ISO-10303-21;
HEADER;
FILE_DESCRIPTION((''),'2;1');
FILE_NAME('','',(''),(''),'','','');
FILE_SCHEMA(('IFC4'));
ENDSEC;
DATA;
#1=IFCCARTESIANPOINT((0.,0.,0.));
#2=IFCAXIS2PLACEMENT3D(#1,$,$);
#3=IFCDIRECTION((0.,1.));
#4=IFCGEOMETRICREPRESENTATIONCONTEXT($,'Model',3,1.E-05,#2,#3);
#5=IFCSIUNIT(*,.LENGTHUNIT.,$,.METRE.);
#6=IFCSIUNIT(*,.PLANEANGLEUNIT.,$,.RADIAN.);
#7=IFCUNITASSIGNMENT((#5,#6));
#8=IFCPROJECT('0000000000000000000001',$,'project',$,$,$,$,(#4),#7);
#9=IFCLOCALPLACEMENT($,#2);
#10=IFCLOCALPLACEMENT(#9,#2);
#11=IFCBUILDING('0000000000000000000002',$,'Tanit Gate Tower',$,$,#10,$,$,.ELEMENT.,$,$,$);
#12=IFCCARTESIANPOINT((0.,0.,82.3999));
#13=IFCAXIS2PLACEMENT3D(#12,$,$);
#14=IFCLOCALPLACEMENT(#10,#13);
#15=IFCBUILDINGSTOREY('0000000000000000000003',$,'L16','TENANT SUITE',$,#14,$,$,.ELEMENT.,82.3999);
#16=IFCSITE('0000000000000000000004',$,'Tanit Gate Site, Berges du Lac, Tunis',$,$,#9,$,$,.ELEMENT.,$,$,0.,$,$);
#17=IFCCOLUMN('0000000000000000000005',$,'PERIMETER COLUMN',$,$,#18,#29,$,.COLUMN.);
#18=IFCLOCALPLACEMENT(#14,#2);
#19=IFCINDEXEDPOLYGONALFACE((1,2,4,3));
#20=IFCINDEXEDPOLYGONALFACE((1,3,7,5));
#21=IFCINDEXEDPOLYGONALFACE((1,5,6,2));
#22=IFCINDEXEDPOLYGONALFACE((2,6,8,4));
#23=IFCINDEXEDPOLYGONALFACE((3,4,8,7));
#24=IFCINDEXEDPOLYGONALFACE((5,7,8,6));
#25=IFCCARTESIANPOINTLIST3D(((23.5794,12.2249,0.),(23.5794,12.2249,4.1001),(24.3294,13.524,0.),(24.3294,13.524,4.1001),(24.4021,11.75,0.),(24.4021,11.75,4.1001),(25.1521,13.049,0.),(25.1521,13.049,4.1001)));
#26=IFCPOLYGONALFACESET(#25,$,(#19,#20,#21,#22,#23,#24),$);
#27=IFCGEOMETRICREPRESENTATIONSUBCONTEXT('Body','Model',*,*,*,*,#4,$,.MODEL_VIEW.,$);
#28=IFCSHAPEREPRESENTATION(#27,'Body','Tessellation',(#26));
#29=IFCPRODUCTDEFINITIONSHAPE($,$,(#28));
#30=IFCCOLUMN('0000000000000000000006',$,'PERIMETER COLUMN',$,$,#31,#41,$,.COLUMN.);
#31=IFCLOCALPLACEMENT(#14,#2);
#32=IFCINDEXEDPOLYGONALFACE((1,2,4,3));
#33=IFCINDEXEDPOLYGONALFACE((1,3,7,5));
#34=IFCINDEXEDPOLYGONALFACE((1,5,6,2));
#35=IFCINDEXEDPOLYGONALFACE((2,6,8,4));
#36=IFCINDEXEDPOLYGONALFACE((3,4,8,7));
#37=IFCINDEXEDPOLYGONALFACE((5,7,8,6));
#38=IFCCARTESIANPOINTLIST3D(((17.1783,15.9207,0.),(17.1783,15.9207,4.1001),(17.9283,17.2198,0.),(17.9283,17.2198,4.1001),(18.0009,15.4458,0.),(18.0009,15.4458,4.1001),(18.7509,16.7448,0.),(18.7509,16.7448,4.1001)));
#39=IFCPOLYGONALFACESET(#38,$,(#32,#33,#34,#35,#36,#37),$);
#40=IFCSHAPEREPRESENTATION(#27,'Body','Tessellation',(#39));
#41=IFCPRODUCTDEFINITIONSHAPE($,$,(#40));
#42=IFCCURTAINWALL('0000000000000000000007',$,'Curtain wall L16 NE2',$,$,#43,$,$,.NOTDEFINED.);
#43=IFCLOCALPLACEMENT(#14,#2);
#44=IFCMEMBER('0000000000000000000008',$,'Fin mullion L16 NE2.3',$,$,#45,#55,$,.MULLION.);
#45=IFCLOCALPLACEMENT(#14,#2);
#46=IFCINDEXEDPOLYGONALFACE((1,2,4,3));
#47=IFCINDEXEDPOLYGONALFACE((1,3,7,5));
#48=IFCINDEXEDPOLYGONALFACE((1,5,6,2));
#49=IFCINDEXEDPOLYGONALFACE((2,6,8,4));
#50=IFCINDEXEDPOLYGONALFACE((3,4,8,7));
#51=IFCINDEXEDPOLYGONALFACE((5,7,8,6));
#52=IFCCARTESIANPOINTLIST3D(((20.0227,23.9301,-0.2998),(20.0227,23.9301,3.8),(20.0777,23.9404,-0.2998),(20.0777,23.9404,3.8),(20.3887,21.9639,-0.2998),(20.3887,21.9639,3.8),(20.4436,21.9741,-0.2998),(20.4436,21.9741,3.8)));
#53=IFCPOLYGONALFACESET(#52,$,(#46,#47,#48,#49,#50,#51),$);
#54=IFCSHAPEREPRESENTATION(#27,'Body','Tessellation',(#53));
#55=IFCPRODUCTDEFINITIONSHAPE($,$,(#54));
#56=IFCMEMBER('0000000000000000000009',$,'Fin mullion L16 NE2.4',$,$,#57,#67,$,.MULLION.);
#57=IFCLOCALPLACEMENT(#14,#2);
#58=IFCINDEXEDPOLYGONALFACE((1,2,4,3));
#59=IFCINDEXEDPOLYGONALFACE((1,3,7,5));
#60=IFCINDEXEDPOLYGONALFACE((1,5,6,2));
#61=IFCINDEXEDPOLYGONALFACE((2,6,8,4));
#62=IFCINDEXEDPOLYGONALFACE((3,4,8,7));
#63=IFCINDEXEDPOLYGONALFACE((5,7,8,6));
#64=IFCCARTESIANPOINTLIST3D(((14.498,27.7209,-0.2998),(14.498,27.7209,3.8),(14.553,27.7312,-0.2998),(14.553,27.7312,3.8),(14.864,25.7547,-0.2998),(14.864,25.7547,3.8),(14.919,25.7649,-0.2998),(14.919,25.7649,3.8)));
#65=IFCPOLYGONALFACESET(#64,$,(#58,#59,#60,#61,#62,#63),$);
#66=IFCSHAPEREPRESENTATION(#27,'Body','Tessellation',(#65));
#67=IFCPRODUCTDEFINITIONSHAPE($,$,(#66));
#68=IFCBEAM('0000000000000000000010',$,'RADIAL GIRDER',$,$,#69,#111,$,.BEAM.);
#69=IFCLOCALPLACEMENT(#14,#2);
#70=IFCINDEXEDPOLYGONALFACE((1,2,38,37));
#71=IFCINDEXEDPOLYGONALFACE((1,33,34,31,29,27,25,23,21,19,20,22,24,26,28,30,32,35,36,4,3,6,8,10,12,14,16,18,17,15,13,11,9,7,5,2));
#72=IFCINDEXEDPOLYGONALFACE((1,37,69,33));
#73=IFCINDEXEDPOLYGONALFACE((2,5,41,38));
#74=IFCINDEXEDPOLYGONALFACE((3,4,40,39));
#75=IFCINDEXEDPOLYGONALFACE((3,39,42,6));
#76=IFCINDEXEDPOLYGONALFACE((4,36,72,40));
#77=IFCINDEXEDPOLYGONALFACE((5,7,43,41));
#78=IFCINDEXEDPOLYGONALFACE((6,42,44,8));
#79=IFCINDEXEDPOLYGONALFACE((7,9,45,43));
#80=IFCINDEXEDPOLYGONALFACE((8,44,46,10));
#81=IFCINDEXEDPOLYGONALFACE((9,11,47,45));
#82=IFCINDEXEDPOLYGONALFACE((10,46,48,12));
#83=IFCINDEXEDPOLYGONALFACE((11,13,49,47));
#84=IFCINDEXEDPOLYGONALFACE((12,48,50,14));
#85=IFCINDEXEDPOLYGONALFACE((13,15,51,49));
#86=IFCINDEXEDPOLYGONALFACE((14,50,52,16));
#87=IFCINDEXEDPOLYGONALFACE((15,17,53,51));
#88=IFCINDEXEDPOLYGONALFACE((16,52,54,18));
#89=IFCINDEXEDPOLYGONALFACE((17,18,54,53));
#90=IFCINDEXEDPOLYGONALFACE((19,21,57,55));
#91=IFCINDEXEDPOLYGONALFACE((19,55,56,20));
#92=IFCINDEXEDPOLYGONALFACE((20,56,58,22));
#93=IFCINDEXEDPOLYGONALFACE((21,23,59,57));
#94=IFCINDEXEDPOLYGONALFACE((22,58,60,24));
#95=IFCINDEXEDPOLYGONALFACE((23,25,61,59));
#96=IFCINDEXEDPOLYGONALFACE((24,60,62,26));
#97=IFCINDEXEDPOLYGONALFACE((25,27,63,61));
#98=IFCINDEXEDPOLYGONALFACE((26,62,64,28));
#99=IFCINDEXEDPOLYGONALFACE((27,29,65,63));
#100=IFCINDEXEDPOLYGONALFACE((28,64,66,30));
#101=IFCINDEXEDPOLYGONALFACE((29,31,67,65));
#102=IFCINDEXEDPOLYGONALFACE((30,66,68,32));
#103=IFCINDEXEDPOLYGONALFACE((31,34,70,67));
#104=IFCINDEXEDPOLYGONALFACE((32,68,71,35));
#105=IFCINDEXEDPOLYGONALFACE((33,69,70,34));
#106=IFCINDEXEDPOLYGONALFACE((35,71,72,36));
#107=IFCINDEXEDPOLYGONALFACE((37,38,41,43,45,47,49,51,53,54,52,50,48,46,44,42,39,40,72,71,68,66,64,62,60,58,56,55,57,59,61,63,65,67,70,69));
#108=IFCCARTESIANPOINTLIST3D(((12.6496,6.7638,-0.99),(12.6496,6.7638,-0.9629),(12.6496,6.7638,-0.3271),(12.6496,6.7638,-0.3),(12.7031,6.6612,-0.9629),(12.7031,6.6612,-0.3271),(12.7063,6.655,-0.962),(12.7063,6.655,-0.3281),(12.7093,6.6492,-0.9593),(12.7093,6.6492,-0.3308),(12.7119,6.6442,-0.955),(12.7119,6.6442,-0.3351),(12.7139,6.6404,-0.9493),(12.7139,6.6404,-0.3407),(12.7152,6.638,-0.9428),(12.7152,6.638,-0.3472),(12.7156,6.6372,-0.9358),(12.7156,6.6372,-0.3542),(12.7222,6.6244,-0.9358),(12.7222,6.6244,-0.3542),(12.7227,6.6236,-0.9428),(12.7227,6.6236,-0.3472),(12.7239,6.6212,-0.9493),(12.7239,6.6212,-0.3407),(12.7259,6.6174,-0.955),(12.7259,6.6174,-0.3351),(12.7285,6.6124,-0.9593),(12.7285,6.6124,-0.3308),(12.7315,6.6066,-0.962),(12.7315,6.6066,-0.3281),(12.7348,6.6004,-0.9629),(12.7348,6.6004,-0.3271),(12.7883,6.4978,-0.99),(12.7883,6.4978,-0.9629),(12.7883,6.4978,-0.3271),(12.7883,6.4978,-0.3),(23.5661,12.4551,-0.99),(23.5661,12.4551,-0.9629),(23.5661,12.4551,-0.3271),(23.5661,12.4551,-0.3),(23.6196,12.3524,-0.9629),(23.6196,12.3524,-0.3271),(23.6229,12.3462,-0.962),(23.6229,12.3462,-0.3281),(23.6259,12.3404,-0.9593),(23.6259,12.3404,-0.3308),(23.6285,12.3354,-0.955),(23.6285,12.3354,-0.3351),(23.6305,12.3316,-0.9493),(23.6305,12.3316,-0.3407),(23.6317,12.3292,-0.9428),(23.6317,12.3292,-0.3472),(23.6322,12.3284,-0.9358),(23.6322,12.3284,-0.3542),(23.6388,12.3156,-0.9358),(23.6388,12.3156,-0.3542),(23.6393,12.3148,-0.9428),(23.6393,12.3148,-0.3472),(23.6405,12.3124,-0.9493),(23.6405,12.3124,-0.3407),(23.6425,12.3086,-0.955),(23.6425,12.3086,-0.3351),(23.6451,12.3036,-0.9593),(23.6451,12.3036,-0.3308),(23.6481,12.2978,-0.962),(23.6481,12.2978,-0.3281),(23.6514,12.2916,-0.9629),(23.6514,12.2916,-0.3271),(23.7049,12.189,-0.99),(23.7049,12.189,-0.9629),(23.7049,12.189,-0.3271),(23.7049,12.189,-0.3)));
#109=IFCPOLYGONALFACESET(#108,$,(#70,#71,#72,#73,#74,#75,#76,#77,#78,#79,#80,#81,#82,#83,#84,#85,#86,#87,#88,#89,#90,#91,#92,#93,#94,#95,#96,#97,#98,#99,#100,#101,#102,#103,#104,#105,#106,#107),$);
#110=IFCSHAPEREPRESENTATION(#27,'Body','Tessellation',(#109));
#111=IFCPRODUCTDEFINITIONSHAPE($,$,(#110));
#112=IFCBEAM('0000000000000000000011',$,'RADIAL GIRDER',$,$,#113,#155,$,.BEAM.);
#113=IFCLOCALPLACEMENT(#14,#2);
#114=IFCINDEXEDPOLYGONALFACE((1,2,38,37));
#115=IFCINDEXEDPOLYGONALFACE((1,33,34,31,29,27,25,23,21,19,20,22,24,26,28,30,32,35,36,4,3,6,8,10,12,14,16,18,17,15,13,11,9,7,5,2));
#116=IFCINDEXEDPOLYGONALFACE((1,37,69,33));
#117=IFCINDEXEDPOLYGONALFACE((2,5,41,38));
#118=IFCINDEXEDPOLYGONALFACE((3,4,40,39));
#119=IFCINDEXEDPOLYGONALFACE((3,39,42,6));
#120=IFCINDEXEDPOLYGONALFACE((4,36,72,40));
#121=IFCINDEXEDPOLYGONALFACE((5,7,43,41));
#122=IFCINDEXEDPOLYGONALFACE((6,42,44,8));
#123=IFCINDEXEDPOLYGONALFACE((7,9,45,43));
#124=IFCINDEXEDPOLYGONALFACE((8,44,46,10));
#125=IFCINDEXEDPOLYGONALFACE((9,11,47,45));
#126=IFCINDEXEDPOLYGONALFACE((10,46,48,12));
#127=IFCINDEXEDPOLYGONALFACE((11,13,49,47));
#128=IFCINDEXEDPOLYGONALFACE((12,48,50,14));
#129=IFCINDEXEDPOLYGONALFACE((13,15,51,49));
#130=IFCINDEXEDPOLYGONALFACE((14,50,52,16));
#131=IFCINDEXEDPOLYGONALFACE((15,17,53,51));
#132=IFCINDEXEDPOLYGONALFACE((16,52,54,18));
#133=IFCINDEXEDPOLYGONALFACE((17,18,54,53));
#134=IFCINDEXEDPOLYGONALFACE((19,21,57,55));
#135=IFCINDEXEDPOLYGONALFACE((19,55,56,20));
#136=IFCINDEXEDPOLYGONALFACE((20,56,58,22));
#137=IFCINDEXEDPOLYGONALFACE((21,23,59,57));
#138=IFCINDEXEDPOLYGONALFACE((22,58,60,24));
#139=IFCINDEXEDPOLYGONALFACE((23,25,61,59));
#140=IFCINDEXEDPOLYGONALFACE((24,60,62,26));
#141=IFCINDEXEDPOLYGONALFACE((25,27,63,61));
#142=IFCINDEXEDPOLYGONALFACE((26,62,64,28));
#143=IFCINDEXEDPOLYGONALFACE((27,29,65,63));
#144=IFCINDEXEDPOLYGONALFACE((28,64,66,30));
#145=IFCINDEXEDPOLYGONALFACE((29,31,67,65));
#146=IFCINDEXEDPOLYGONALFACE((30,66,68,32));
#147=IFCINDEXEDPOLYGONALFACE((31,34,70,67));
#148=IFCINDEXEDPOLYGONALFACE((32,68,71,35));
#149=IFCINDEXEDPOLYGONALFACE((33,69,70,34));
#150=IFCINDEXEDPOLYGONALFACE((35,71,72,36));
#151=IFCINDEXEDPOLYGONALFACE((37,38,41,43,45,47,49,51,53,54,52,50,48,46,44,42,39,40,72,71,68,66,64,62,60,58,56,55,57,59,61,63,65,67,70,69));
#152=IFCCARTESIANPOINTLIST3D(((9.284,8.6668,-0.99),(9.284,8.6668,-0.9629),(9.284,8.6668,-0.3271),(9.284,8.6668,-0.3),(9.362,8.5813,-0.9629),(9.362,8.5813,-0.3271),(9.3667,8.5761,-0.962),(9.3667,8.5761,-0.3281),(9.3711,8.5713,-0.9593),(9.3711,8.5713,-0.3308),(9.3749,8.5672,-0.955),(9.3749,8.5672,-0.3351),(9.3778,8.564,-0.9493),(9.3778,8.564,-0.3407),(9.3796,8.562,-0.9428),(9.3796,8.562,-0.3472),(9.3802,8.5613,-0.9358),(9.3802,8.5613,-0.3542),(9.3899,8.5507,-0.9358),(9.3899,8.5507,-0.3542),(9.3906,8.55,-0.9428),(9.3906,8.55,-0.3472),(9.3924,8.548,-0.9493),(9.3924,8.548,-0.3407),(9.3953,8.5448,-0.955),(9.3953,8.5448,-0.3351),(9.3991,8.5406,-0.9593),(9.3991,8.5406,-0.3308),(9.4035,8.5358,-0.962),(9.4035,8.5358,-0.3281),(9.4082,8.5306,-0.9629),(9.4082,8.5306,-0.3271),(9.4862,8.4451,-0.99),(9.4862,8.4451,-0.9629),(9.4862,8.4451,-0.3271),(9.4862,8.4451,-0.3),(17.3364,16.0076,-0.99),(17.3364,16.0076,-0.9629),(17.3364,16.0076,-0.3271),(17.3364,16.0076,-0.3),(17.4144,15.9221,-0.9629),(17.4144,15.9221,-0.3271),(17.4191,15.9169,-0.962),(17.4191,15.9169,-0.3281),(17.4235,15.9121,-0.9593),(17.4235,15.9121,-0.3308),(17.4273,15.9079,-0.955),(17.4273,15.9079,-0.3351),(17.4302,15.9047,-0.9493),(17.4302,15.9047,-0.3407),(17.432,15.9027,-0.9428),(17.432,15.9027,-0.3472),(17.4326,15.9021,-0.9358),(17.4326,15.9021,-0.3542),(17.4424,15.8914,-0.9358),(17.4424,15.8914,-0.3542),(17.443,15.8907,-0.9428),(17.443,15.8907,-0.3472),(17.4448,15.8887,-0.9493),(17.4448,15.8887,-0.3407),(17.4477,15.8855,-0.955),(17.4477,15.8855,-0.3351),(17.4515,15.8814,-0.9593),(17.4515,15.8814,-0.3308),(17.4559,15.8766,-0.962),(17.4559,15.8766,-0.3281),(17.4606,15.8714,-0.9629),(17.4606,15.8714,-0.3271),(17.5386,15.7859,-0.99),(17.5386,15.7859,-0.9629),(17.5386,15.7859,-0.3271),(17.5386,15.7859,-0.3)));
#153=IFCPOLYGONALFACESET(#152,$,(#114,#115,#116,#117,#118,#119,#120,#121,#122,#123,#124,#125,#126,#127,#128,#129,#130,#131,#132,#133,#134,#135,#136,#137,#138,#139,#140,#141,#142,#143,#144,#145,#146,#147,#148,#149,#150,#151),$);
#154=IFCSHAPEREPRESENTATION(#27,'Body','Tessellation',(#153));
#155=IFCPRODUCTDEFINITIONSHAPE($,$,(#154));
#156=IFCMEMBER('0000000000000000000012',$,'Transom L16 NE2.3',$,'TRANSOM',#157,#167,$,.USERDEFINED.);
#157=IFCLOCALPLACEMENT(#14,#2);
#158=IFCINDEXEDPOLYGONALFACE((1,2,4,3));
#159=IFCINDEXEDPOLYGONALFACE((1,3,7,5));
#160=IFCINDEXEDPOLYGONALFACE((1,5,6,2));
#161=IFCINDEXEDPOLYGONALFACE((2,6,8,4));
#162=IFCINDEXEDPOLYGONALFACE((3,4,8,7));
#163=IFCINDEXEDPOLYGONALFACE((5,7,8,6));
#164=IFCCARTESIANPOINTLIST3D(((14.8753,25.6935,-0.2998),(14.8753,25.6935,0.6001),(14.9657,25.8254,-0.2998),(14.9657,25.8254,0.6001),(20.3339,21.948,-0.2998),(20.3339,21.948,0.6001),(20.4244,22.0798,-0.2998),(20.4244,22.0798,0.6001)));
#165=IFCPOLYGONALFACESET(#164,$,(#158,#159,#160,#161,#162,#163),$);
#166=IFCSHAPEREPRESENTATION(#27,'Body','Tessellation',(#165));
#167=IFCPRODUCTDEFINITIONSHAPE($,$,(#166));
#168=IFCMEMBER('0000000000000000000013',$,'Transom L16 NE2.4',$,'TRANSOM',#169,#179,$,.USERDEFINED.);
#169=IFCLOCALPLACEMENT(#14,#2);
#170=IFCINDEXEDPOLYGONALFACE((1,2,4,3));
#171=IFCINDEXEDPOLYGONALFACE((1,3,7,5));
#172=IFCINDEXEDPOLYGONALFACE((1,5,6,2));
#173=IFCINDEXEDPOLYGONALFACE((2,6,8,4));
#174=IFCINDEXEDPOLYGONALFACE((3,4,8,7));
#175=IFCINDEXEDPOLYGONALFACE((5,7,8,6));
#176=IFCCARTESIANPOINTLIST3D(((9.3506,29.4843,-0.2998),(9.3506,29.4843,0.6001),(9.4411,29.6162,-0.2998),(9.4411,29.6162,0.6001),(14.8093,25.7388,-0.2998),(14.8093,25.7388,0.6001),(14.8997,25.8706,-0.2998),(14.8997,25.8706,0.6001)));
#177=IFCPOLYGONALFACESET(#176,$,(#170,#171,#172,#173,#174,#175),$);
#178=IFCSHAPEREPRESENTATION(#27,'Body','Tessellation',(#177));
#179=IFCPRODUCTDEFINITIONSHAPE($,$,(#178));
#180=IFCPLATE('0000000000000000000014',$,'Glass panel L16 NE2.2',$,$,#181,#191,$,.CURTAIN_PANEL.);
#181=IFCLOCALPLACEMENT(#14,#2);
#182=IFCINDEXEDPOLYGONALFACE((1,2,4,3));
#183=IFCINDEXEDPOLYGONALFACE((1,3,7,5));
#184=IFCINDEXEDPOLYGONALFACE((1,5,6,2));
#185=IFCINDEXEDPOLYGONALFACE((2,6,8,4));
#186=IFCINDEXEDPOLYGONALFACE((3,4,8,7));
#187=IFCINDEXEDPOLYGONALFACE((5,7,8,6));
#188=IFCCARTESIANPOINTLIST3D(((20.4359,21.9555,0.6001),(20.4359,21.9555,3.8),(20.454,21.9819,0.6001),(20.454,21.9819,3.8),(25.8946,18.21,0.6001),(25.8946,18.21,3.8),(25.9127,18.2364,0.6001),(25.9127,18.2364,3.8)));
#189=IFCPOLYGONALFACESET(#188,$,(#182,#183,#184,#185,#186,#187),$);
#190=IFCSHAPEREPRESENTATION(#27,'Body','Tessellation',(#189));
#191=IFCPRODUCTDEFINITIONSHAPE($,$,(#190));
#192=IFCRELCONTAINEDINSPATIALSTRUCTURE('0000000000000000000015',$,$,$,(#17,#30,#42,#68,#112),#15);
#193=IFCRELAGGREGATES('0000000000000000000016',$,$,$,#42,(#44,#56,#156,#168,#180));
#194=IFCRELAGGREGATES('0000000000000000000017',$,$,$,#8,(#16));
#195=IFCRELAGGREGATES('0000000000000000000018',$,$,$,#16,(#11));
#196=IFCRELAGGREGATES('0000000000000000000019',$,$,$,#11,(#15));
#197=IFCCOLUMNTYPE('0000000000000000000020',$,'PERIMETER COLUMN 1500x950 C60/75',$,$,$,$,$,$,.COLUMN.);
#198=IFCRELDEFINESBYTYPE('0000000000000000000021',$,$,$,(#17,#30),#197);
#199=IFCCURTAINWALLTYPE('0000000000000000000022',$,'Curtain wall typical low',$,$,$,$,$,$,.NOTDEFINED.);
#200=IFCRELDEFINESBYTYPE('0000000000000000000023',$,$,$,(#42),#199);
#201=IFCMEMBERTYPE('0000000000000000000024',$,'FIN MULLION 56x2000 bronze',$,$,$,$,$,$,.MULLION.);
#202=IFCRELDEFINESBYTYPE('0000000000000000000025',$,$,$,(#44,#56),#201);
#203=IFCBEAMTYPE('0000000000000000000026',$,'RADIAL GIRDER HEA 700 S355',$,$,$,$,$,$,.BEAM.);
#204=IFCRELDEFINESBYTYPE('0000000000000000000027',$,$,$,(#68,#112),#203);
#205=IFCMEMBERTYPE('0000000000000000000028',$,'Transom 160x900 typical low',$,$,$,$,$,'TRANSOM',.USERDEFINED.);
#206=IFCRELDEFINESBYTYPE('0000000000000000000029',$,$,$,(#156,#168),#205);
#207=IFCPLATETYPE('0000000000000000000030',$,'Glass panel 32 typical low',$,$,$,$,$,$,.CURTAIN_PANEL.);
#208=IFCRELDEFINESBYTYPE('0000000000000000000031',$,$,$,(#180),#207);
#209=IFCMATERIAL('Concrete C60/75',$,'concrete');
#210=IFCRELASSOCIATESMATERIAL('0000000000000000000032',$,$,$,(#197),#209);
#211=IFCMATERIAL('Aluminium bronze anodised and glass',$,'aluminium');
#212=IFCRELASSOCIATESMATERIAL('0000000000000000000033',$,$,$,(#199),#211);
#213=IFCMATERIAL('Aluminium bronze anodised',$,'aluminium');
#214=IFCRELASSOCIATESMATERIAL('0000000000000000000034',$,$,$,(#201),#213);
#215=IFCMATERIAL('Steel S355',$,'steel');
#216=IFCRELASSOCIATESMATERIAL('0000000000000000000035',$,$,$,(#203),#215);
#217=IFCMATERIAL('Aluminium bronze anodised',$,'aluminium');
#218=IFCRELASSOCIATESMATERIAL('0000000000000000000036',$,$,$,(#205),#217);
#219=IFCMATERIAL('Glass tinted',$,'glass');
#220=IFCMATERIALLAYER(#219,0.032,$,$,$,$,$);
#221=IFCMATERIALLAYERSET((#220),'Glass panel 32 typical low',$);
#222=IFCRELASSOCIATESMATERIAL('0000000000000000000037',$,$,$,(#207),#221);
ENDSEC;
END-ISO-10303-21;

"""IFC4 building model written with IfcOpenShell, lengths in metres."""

from ifc_helpers import new_model, si_unit, direction, frame, origin, origin_2d, place, context, subcontext, project, spatial, rectangle, i_section, extrude, material, layer, layer_set, material_profile, profile_set, type_object, element, aggregate, save


model = new_model("IFC4")

# Units and contexts
model_context = context("Model", 3, precision=1e-05, world=origin(), true_north=direction((0.0, 1.0)))
body_context = subcontext(model_context, "Body", "Model", "MODEL_VIEW")
ifc_project = project(units=[si_unit("LENGTHUNIT", "METRE"), si_unit("PLANEANGLEUNIT", "RADIAN")], contexts=[model_context])

# Site, building, storey
site_placement = place(None, origin())
site = spatial("IfcSite", under=ifc_project, at=site_placement, Name="Tanit Gate Site, Berges du Lac, Tunis", CompositionType="ELEMENT", RefElevation=0.0)
building_placement = place(site_placement, origin())
building = spatial("IfcBuilding", under=site, at=building_placement, Name="Tanit Gate Tower", CompositionType="ELEMENT")
storey_placement = place(building_placement, frame((0.0, 0.0, 82.3999)))
storey = spatial("IfcBuildingStorey", under=building, at=storey_placement, Name="L16", Description="TENANT SUITE", CompositionType="ELEMENT", Elevation=82.3999)

# Columns
ifc_material_1 = material(Name="Concrete C60/75", Category="concrete")
ifc_material_profile_1 = material_profile(ifc_material_1, rectangle(XDim=1.5, YDim=0.95, at=origin_2d()), Name="RC 1500x950")
ifc_profile_set_1 = profile_set([ifc_material_profile_1], Name="Concrete C60/75")
column_type = type_object("IfcColumnType", Name="PERIMETER COLUMN 1500x950 C60/75", PredefinedType="COLUMN", material=ifc_profile_set_1)
for number, where, z_axis, x_axis, name in (
    (1, (24.3657, 12.637, 0.0), (0.0, 0.0, 1.0), (0.5, 0.866025, 0.0), "PERIMETER COLUMN"),
    (2, (17.9646, 16.3328, 0.0), (0.0, 0.0, 1.0), (0.5, 0.866025, 0.0), "PERIMETER COLUMN"),
):
    element("IfcColumn", number, at=place(storey_placement, frame(where, z_axis=z_axis, x_axis=x_axis)), inside=storey, type_object=column_type, Name=name, PredefinedType="COLUMN", context=body_context, shape_type="SweptSolid", body=[
        extrude(rectangle(XDim=1.5, YDim=0.95, at=origin_2d()), origin(), (0.0, 0.0, 1.0), 4.1001),
    ])

# Curtain wall, members
ifc_material_2 = material(Name="Aluminium bronze anodised and glass", Category="aluminium")
curtain_wall_type = type_object("IfcCurtainWallType", Name="Curtain wall typical low", PredefinedType="NOTDEFINED", material=ifc_material_2)
curtain_wall_placement = place(storey_placement, origin())
curtain_wall = element("IfcCurtainWall", 3, at=curtain_wall_placement, inside=storey, type_object=curtain_wall_type, Name="Curtain wall L16 NE2", PredefinedType="NOTDEFINED")
ifc_material_3 = material(Name="Aluminium bronze anodised", Category="aluminium")
ifc_material_profile_2 = material_profile(ifc_material_3, rectangle(XDim=2.0, YDim=0.0559, at=origin_2d()), Name="56x2000 bronze fin mullion")
ifc_profile_set_2 = profile_set([ifc_material_profile_2], Name="Aluminium bronze anodised")
member_type_1 = type_object("IfcMemberType", Name="FIN MULLION 56x2000 bronze", PredefinedType="MULLION", material=ifc_profile_set_2)
member_1_placement = place(storey_placement, frame((20.2332, 22.9521, -0.2998), z_axis=(0.0, 0.0, 1.0), x_axis=(0.182983, -0.983116, 0.0)))
member_1 = element("IfcMember", 4, at=member_1_placement, type_object=member_type_1, Name="Fin mullion L16 NE2.3", PredefinedType="MULLION", context=body_context, shape_type="SweptSolid", body=[
    extrude(rectangle(XDim=2.0, YDim=0.0559, at=origin_2d()), origin(), (0.0, 0.0, 1.0), 4.0999),
])
member_2_placement = place(storey_placement, frame((14.7085, 26.7429, -0.2998), z_axis=(0.0, 0.0, 1.0), x_axis=(0.182983, -0.983116, 0.0)))
member_2 = element("IfcMember", 5, at=member_2_placement, type_object=member_type_1, Name="Fin mullion L16 NE2.4", PredefinedType="MULLION", context=body_context, shape_type="SweptSolid", body=[
    extrude(rectangle(XDim=2.0, YDim=0.0559, at=origin_2d()), origin(), (0.0, 0.0, 1.0), 4.0999),
])

# Beams
ifc_material_4 = material(Name="Steel S355", Category="steel")
ifc_material_profile_3 = material_profile(ifc_material_4, i_section(OverallWidth=0.3, OverallDepth=0.6899, WebThickness=0.0144, FlangeThickness=0.0271, FilletRadius=0.0271, at=origin_2d()), Name="HEA 700")
ifc_profile_set_3 = profile_set([ifc_material_profile_3], Name="Steel S355")
beam_type = type_object("IfcBeamType", Name="RADIAL GIRDER HEA 700 S355", PredefinedType="BEAM", material=ifc_profile_set_3)
beam_1_placement = place(storey_placement, frame((23.6355, 12.322, -0.645), z_axis=(-0.886732, -0.462285, 0.0), x_axis=(0.462285, -0.886732, 0.0)))
element("IfcBeam", 6, at=beam_1_placement, inside=storey, type_object=beam_type, Name="RADIAL GIRDER", PredefinedType="BEAM", context=body_context, shape_type="SweptSolid", body=[
    extrude(i_section(OverallWidth=0.3, OverallDepth=0.6899, WebThickness=0.0144, FlangeThickness=0.0271, FilletRadius=0.0271, at=origin_2d()), origin(), (0.0, 0.0, 1.0), 12.311),
])
beam_2_placement = place(storey_placement, frame((17.4375, 15.8967, -0.645), z_axis=(-0.739009, -0.673696, 0.0), x_axis=(0.673696, -0.739009, 0.0)))
element("IfcBeam", 7, at=beam_2_placement, inside=storey, type_object=beam_type, Name="RADIAL GIRDER", PredefinedType="BEAM", context=body_context, shape_type="SweptSolid", body=[
    extrude(i_section(OverallWidth=0.3, OverallDepth=0.6899, WebThickness=0.0144, FlangeThickness=0.0271, FilletRadius=0.0271, at=origin_2d()), origin(), (0.0, 0.0, 1.0), 10.8962),
])

# Members
ifc_material_5 = material(Name="Aluminium bronze anodised", Category="aluminium")
ifc_material_profile_4 = material_profile(ifc_material_5, rectangle(XDim=0.1599, YDim=0.8999, at=origin_2d()), Name="160x900 bronze transom")
ifc_profile_set_4 = profile_set([ifc_material_profile_4], Name="Aluminium bronze anodised")
member_type_2 = type_object("IfcMemberType", Name="Transom 160x900 typical low", ElementType="TRANSOM", PredefinedType="USERDEFINED", material=ifc_profile_set_4)
member_3_placement = place(storey_placement, frame((20.3792, 22.0139, 0.1501), z_axis=(-0.824555, 0.565782, 0.0), x_axis=(-0.565782, -0.824555, 0.0)))
member_3 = element("IfcMember", 8, at=member_3_placement, type_object=member_type_2, Name="Transom L16 NE2.3", ObjectType="TRANSOM", PredefinedType="USERDEFINED", context=body_context, shape_type="SweptSolid", body=[
    extrude(rectangle(XDim=0.1599, YDim=0.8999, at=origin_2d()), origin(), (0.0, 0.0, 1.0), 6.6201),
])
member_4_placement = place(storey_placement, frame((14.8545, 25.8047, 0.1501), z_axis=(-0.824555, 0.565782, 0.0), x_axis=(-0.565782, -0.824555, 0.0)))
member_4 = element("IfcMember", 9, at=member_4_placement, type_object=member_type_2, Name="Transom L16 NE2.4", ObjectType="TRANSOM", PredefinedType="USERDEFINED", context=body_context, shape_type="SweptSolid", body=[
    extrude(rectangle(XDim=0.1599, YDim=0.8999, at=origin_2d()), origin(), (0.0, 0.0, 1.0), 6.6201),
])

# Plate
ifc_material_6 = material(Name="Glass tinted", Category="glass")
ifc_layer_1 = layer(ifc_material_6, 0.032)
ifc_layer_set_1 = layer_set([ifc_layer_1], Name="Glass panel 32 typical low")
plate_type = type_object("IfcPlateType", Name="Glass panel 32 typical low", PredefinedType="CURTAIN_PANEL", material=ifc_layer_set_1)
plate_1_placement = place(storey_placement, frame((23.1743, 20.0959, 0.6001), z_axis=(0.0, 0.0, 1.0), x_axis=(-0.824557, 0.56578, 0.0)))
plate_1 = element("IfcPlate", 10, at=plate_1_placement, type_object=plate_type, Name="Glass panel L16 NE2.2", PredefinedType="CURTAIN_PANEL", context=body_context, shape_type="SweptSolid", body=[
    extrude(rectangle(XDim=6.6201, YDim=0.032, at=origin_2d()), origin(), (0.0, 0.0, 1.0), 3.2),
])
aggregate(curtain_wall, [member_1, member_2, member_3, member_4, plate_1])

save(model, "model.ifc")
